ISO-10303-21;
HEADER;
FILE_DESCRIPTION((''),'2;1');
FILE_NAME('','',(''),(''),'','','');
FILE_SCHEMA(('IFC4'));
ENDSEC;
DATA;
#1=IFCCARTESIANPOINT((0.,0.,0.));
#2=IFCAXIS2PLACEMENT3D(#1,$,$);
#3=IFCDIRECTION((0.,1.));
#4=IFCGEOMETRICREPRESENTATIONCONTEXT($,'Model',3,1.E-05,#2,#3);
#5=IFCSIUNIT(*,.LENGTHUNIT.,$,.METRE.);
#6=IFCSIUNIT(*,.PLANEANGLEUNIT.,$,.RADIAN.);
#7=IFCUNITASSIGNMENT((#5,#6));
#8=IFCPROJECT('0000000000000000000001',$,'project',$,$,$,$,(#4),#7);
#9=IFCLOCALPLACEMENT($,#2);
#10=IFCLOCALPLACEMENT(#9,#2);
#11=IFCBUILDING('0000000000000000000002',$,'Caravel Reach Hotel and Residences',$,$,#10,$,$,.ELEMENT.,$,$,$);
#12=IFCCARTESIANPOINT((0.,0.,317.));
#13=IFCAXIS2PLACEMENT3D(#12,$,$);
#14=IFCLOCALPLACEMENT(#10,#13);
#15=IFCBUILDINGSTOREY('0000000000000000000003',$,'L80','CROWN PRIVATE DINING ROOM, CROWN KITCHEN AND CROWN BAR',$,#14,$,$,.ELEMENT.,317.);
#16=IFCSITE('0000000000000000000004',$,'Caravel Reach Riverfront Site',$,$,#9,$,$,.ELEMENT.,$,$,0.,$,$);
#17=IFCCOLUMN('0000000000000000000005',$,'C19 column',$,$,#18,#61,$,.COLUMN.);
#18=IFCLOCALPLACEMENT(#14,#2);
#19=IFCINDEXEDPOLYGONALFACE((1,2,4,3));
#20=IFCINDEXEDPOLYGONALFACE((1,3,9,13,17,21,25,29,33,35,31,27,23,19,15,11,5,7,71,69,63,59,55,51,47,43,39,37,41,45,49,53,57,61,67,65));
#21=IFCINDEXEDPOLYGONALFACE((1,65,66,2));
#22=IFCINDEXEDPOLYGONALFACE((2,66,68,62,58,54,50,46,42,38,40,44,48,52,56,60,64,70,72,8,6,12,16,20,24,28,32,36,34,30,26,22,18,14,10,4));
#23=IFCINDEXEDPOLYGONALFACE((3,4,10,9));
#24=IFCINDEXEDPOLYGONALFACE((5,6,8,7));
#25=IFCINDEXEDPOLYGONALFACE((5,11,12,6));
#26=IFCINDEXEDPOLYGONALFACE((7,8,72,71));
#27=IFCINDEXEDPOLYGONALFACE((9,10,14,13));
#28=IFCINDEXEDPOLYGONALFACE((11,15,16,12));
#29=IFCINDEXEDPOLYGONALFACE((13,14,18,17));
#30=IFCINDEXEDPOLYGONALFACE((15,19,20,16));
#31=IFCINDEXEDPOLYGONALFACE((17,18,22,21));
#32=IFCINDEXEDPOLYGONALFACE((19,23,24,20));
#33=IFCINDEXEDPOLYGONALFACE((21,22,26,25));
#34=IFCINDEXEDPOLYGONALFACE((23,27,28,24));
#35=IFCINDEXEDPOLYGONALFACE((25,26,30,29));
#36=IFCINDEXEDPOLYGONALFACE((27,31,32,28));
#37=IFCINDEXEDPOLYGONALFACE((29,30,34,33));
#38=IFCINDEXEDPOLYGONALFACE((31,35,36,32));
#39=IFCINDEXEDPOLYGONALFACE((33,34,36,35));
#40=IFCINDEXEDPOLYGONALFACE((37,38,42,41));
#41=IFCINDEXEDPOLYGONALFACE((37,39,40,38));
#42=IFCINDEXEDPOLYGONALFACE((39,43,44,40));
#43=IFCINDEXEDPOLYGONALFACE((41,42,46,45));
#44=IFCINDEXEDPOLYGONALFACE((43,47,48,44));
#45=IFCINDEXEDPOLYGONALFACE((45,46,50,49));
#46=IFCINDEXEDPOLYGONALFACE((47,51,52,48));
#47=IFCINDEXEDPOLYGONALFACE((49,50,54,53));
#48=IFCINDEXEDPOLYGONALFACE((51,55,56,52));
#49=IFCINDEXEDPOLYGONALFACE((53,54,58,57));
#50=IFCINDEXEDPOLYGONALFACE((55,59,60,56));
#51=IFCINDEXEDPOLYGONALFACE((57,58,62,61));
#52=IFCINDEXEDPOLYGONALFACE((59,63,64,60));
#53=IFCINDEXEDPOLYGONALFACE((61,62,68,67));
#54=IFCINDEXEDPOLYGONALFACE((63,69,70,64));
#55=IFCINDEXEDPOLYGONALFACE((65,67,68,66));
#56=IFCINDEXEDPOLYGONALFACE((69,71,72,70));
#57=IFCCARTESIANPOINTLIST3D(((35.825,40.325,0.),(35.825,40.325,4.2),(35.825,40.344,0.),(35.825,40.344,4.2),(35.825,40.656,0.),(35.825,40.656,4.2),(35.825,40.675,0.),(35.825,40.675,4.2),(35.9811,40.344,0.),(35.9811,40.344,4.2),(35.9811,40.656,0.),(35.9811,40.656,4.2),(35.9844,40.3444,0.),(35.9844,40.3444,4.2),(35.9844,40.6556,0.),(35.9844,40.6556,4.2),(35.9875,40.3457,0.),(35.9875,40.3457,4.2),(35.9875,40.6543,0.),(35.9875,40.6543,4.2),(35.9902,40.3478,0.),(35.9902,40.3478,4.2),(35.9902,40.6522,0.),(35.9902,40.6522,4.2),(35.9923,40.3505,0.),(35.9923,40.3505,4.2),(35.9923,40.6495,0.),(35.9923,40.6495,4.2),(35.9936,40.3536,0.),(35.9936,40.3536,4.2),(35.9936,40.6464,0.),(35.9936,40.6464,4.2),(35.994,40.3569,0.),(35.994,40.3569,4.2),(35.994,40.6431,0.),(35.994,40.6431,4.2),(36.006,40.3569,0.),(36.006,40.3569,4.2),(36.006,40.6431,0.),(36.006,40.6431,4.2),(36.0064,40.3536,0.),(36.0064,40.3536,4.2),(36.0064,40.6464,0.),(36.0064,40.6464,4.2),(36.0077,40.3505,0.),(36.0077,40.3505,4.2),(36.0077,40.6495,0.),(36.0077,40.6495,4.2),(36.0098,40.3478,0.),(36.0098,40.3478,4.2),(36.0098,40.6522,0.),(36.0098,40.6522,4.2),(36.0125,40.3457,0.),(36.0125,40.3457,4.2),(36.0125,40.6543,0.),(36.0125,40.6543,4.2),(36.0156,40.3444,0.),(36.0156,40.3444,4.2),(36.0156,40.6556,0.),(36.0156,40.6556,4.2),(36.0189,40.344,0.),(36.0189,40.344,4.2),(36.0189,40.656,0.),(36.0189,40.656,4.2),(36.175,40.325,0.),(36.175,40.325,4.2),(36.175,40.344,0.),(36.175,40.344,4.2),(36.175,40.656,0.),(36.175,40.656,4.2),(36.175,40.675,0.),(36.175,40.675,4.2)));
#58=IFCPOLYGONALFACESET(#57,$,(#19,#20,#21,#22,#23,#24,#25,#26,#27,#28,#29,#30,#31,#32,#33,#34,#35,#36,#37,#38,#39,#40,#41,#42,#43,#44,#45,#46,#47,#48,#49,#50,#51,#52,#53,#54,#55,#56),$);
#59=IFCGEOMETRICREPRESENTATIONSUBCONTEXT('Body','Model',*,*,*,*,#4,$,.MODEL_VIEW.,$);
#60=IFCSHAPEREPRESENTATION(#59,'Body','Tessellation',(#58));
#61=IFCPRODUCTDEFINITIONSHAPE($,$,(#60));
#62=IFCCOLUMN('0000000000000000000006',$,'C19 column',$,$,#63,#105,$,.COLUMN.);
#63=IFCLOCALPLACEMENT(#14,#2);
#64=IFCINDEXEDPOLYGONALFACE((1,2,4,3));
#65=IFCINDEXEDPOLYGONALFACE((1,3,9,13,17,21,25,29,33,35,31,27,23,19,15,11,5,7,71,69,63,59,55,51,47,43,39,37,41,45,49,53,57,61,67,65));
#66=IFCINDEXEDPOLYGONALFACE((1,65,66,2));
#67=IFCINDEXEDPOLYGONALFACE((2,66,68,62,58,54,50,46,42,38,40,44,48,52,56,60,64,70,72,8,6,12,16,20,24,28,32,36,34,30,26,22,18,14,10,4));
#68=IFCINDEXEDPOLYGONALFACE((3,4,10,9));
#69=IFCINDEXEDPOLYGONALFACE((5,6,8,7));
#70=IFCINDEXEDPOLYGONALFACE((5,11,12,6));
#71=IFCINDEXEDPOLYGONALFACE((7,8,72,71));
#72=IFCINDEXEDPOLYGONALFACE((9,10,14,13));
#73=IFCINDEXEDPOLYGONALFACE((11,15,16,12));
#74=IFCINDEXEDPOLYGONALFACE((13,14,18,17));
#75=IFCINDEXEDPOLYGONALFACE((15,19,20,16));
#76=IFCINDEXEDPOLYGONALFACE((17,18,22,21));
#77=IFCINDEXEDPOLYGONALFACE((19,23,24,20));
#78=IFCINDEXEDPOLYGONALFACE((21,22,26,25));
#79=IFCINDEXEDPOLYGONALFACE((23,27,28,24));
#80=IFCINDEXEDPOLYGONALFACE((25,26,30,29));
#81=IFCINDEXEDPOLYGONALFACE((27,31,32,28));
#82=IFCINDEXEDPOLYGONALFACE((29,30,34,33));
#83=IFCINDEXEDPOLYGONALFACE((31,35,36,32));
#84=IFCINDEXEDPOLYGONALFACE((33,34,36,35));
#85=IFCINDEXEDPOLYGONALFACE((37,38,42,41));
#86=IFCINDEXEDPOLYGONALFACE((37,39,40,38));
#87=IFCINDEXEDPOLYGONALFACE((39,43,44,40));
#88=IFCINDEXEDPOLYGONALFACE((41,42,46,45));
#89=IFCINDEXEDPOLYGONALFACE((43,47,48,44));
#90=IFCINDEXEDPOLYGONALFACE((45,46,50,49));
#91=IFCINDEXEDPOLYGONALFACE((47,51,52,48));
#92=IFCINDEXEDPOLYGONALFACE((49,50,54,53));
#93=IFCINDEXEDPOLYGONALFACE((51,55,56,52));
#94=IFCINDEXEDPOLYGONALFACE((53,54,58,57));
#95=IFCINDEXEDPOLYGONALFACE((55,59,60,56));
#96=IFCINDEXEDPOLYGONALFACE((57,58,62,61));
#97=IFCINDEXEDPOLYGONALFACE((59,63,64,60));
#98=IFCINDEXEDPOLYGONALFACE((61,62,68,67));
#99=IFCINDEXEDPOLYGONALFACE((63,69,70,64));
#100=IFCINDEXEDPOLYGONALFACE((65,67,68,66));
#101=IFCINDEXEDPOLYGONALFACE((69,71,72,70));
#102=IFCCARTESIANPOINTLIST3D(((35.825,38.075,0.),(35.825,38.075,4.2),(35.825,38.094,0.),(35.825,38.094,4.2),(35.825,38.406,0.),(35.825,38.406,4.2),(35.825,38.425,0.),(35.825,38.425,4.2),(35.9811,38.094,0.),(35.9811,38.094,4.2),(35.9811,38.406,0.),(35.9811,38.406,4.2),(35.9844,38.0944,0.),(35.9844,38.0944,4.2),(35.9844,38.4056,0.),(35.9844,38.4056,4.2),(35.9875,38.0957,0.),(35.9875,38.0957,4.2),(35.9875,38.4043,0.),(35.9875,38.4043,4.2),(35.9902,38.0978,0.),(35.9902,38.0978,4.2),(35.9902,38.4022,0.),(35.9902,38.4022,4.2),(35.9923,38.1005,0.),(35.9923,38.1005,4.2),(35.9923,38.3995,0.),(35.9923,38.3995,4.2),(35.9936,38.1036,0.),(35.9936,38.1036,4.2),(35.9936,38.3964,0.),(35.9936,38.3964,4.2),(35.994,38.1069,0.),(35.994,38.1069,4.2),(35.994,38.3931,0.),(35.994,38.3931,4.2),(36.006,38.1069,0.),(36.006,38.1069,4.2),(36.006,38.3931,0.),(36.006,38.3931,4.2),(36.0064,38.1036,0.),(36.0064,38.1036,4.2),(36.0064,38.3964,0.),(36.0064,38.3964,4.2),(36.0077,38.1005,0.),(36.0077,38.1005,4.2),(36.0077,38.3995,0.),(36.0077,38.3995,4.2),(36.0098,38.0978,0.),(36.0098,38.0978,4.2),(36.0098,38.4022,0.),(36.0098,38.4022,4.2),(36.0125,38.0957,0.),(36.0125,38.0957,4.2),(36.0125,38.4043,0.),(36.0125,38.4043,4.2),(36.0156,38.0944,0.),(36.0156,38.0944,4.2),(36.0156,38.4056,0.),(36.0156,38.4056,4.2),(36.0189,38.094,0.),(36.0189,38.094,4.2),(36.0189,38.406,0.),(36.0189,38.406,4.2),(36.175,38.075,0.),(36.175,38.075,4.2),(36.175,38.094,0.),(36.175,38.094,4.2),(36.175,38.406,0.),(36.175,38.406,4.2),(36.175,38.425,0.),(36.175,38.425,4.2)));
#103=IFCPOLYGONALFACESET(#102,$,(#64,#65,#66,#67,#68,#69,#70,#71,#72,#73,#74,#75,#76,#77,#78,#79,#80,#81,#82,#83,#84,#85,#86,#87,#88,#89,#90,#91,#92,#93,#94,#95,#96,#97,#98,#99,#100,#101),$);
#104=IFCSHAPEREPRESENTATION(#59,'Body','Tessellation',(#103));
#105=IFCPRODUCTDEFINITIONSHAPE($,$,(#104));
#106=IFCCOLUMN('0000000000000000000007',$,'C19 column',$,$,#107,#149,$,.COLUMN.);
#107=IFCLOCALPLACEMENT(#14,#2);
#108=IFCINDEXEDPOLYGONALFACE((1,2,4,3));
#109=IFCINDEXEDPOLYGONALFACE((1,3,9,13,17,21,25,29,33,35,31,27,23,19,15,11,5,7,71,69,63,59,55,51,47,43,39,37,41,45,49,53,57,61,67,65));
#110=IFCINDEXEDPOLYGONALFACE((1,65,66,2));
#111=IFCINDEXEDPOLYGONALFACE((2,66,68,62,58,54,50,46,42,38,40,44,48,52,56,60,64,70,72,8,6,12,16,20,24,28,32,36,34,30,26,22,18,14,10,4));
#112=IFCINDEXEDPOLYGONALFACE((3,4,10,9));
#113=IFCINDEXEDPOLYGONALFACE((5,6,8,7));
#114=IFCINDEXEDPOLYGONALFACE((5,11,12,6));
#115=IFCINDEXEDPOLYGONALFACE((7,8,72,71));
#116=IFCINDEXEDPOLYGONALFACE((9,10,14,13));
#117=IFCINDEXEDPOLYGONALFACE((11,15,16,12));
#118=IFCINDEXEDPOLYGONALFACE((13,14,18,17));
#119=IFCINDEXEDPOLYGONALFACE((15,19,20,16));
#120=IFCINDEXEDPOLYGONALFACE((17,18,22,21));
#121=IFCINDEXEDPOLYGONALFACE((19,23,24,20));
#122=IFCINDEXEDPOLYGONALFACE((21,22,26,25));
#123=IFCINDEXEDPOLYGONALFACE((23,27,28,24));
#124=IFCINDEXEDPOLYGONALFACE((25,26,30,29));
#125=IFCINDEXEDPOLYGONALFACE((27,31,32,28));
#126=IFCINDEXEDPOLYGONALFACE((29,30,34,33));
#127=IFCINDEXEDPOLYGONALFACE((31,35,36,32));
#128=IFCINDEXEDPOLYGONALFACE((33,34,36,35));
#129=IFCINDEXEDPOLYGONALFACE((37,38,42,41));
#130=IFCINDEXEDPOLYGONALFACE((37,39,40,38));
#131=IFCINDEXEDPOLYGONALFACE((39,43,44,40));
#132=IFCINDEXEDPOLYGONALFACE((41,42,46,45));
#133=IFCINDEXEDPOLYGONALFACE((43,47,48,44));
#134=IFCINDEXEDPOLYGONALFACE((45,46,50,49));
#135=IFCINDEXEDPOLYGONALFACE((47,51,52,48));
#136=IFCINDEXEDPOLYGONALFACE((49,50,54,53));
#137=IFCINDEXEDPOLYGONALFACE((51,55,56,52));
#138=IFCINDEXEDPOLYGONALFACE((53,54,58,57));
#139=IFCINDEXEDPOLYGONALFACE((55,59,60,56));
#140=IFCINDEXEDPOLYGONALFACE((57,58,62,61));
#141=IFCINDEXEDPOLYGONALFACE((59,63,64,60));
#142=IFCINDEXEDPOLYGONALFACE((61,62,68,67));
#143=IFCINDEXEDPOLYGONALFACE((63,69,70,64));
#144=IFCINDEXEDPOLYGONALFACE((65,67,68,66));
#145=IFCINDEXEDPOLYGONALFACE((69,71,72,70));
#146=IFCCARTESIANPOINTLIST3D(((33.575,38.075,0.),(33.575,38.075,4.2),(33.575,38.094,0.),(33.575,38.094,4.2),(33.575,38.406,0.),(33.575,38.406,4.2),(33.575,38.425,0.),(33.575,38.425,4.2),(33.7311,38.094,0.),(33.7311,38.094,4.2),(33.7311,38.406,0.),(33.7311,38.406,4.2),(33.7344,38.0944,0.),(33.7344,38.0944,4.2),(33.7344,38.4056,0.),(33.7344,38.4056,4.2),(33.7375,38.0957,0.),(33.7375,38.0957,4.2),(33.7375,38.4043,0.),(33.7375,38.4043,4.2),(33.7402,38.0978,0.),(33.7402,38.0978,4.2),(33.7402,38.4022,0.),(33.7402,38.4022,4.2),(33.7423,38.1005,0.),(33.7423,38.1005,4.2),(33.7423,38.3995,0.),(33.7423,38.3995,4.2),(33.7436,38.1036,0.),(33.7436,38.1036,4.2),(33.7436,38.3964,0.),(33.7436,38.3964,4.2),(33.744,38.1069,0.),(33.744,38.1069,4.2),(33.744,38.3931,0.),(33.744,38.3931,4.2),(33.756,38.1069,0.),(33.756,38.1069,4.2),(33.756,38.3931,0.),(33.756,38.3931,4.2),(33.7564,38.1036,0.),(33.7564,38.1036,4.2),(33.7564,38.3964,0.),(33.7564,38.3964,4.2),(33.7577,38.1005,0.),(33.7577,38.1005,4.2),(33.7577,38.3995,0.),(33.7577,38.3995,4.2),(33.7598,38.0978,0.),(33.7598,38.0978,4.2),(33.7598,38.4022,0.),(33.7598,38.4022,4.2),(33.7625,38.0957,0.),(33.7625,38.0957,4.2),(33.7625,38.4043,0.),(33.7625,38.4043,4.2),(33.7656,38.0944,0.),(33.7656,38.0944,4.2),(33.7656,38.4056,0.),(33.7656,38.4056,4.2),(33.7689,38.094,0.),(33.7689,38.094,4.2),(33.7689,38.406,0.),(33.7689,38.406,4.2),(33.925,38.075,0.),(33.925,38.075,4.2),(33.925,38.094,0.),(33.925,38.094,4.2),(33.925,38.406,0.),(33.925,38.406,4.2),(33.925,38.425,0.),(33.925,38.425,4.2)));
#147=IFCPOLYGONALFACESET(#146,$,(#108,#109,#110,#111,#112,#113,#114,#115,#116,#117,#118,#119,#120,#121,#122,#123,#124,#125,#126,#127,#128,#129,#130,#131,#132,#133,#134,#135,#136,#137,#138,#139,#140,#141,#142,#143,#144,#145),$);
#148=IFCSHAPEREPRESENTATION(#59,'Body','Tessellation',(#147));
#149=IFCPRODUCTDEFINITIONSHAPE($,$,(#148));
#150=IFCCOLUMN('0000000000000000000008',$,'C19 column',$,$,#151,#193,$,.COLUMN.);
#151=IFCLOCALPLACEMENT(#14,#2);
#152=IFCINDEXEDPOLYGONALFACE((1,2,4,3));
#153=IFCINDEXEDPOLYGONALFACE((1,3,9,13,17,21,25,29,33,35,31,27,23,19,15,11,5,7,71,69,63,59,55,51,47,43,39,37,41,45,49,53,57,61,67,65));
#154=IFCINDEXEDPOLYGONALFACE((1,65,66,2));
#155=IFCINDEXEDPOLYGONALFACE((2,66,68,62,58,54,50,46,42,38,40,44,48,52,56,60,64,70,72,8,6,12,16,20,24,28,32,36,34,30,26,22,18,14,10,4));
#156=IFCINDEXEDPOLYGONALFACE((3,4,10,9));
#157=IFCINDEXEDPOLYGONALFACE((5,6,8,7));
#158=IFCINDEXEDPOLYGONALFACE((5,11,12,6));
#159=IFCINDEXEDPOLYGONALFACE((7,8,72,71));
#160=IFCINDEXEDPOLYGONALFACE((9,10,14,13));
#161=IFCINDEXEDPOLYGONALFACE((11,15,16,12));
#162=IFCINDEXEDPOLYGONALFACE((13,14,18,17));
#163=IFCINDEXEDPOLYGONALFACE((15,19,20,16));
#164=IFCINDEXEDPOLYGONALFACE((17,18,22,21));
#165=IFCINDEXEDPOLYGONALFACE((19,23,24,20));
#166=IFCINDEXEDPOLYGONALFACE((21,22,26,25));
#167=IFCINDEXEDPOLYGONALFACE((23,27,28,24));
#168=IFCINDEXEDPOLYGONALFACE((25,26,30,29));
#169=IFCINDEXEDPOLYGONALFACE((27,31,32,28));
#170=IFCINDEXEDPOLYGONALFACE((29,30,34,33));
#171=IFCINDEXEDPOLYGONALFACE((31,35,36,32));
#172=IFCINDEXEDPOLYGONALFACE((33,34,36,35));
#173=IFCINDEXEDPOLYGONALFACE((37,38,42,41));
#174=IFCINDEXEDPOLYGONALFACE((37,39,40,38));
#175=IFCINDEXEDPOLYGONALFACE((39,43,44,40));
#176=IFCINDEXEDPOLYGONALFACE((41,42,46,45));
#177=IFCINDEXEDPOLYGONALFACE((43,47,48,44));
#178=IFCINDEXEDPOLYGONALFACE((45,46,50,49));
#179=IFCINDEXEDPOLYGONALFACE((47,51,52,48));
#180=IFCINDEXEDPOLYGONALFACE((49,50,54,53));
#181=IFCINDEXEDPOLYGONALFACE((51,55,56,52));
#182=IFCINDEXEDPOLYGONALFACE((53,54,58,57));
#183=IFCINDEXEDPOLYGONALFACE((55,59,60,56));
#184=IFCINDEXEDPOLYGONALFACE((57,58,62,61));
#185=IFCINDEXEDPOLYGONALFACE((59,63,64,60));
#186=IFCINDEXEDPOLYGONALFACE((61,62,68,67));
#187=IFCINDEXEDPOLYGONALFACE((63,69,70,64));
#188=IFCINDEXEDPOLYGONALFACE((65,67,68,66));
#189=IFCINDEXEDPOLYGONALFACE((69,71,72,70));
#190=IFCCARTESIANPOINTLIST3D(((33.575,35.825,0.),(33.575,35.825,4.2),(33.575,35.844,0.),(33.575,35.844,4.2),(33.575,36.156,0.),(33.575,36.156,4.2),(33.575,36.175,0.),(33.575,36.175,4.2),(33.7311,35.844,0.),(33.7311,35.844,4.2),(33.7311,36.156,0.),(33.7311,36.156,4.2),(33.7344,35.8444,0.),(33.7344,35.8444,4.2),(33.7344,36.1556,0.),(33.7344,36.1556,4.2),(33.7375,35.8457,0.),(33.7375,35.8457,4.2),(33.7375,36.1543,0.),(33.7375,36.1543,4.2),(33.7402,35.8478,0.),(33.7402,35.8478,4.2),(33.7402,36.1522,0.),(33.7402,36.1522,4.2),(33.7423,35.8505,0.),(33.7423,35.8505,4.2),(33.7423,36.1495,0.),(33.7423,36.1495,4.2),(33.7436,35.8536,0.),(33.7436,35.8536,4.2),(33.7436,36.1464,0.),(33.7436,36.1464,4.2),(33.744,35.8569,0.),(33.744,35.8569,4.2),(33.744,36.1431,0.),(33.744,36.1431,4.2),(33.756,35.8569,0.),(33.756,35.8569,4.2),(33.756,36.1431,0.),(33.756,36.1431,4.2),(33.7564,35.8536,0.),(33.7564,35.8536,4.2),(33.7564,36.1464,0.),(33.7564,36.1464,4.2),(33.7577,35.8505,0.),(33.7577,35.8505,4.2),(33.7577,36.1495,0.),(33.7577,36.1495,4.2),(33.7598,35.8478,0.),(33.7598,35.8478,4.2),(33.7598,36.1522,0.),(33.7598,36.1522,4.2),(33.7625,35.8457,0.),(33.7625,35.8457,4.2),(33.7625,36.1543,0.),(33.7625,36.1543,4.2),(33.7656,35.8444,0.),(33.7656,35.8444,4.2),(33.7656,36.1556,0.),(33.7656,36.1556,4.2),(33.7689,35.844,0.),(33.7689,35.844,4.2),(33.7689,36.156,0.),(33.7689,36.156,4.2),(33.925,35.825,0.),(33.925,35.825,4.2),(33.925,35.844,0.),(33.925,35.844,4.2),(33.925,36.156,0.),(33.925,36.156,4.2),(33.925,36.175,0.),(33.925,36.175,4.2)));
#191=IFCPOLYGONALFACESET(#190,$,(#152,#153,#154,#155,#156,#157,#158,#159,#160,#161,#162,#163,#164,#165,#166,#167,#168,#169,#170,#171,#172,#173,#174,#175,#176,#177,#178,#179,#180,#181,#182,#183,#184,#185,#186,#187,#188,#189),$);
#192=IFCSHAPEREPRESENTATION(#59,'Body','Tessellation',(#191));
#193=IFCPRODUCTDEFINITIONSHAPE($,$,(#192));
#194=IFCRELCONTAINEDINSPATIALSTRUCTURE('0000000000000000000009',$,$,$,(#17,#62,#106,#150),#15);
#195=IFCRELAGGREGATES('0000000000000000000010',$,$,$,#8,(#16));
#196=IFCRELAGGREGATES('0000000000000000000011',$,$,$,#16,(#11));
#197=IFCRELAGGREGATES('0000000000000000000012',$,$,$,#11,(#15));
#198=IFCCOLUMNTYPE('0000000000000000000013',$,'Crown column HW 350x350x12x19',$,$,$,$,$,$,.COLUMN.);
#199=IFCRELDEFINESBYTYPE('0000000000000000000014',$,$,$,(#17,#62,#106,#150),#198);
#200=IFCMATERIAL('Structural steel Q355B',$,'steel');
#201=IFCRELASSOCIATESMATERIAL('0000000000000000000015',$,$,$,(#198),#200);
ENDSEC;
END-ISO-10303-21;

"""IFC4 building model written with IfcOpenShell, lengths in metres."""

from ifc_helpers import new_model, si_unit, direction, frame, origin, origin_2d, place, context, subcontext, project, spatial, i_section, extrude, material, material_profile, profile_set, type_object, element, save


model = new_model("IFC4")

# Units and contexts
model_context = context("Model", 3, precision=1e-05, world=origin(), true_north=direction((0.0, 1.0)))
body_context = subcontext(model_context, "Body", "Model", "MODEL_VIEW")
ifc_project = project(units=[si_unit("LENGTHUNIT", "METRE"), si_unit("PLANEANGLEUNIT", "RADIAN")], contexts=[model_context])

# Site, building, storey
site_placement = place(None, origin())
site = spatial("IfcSite", under=ifc_project, at=site_placement, Name="Caravel Reach Riverfront Site", CompositionType="ELEMENT", RefElevation=0.0)
building_placement = place(site_placement, origin())
building = spatial("IfcBuilding", under=site, at=building_placement, Name="Caravel Reach Hotel and Residences", CompositionType="ELEMENT")
storey_placement = place(building_placement, frame((0.0, 0.0, 317.0)))
storey = spatial("IfcBuildingStorey", under=building, at=storey_placement, Name="L80", Description="CROWN PRIVATE DINING ROOM, CROWN KITCHEN AND CROWN BAR", CompositionType="ELEMENT", Elevation=317.0)

# Columns
ifc_material_1 = material(Name="Structural steel Q355B", Category="steel")
ifc_material_profile_1 = material_profile(ifc_material_1, i_section(OverallWidth=0.3501, OverallDepth=0.3501, WebThickness=0.012, FlangeThickness=0.019, FilletRadius=0.0129, at=origin_2d()), Name="HW 350x350x12x19")
ifc_profile_set_1 = profile_set([ifc_material_profile_1], Name="Structural steel Q355B")
column_type = type_object("IfcColumnType", Name="Crown column HW 350x350x12x19", PredefinedType="COLUMN", material=ifc_profile_set_1)
for number, where, z_axis, x_axis, name in (
    (1, (36.0, 40.5, 0.0), (0.0, 0.0, 1.0), (1.0, 0.0, 0.0), "C19 column"),
    (2, (36.0, 38.25, 0.0), (0.0, 0.0, 1.0), (1.0, 0.0, 0.0), "C19 column"),
    (3, (33.75, 38.25, 0.0), (0.0, 0.0, 1.0), (1.0, 0.0, 0.0), "C19 column"),
    (4, (33.75, 36.0, 0.0), (0.0, 0.0, 1.0), (1.0, 0.0, 0.0), "C19 column"),
):
    element("IfcColumn", number, at=place(storey_placement, frame(where, z_axis=z_axis, x_axis=x_axis)), inside=storey, type_object=column_type, Name=name, PredefinedType="COLUMN", context=body_context, shape_type="SweptSolid", body=[
        extrude(i_section(OverallWidth=0.3501, OverallDepth=0.3501, WebThickness=0.012, FlangeThickness=0.019, FilletRadius=0.0129, at=origin_2d()), origin(), (0.0, 0.0, 1.0), 4.2),
    ])

save(model, "model.ifc")
